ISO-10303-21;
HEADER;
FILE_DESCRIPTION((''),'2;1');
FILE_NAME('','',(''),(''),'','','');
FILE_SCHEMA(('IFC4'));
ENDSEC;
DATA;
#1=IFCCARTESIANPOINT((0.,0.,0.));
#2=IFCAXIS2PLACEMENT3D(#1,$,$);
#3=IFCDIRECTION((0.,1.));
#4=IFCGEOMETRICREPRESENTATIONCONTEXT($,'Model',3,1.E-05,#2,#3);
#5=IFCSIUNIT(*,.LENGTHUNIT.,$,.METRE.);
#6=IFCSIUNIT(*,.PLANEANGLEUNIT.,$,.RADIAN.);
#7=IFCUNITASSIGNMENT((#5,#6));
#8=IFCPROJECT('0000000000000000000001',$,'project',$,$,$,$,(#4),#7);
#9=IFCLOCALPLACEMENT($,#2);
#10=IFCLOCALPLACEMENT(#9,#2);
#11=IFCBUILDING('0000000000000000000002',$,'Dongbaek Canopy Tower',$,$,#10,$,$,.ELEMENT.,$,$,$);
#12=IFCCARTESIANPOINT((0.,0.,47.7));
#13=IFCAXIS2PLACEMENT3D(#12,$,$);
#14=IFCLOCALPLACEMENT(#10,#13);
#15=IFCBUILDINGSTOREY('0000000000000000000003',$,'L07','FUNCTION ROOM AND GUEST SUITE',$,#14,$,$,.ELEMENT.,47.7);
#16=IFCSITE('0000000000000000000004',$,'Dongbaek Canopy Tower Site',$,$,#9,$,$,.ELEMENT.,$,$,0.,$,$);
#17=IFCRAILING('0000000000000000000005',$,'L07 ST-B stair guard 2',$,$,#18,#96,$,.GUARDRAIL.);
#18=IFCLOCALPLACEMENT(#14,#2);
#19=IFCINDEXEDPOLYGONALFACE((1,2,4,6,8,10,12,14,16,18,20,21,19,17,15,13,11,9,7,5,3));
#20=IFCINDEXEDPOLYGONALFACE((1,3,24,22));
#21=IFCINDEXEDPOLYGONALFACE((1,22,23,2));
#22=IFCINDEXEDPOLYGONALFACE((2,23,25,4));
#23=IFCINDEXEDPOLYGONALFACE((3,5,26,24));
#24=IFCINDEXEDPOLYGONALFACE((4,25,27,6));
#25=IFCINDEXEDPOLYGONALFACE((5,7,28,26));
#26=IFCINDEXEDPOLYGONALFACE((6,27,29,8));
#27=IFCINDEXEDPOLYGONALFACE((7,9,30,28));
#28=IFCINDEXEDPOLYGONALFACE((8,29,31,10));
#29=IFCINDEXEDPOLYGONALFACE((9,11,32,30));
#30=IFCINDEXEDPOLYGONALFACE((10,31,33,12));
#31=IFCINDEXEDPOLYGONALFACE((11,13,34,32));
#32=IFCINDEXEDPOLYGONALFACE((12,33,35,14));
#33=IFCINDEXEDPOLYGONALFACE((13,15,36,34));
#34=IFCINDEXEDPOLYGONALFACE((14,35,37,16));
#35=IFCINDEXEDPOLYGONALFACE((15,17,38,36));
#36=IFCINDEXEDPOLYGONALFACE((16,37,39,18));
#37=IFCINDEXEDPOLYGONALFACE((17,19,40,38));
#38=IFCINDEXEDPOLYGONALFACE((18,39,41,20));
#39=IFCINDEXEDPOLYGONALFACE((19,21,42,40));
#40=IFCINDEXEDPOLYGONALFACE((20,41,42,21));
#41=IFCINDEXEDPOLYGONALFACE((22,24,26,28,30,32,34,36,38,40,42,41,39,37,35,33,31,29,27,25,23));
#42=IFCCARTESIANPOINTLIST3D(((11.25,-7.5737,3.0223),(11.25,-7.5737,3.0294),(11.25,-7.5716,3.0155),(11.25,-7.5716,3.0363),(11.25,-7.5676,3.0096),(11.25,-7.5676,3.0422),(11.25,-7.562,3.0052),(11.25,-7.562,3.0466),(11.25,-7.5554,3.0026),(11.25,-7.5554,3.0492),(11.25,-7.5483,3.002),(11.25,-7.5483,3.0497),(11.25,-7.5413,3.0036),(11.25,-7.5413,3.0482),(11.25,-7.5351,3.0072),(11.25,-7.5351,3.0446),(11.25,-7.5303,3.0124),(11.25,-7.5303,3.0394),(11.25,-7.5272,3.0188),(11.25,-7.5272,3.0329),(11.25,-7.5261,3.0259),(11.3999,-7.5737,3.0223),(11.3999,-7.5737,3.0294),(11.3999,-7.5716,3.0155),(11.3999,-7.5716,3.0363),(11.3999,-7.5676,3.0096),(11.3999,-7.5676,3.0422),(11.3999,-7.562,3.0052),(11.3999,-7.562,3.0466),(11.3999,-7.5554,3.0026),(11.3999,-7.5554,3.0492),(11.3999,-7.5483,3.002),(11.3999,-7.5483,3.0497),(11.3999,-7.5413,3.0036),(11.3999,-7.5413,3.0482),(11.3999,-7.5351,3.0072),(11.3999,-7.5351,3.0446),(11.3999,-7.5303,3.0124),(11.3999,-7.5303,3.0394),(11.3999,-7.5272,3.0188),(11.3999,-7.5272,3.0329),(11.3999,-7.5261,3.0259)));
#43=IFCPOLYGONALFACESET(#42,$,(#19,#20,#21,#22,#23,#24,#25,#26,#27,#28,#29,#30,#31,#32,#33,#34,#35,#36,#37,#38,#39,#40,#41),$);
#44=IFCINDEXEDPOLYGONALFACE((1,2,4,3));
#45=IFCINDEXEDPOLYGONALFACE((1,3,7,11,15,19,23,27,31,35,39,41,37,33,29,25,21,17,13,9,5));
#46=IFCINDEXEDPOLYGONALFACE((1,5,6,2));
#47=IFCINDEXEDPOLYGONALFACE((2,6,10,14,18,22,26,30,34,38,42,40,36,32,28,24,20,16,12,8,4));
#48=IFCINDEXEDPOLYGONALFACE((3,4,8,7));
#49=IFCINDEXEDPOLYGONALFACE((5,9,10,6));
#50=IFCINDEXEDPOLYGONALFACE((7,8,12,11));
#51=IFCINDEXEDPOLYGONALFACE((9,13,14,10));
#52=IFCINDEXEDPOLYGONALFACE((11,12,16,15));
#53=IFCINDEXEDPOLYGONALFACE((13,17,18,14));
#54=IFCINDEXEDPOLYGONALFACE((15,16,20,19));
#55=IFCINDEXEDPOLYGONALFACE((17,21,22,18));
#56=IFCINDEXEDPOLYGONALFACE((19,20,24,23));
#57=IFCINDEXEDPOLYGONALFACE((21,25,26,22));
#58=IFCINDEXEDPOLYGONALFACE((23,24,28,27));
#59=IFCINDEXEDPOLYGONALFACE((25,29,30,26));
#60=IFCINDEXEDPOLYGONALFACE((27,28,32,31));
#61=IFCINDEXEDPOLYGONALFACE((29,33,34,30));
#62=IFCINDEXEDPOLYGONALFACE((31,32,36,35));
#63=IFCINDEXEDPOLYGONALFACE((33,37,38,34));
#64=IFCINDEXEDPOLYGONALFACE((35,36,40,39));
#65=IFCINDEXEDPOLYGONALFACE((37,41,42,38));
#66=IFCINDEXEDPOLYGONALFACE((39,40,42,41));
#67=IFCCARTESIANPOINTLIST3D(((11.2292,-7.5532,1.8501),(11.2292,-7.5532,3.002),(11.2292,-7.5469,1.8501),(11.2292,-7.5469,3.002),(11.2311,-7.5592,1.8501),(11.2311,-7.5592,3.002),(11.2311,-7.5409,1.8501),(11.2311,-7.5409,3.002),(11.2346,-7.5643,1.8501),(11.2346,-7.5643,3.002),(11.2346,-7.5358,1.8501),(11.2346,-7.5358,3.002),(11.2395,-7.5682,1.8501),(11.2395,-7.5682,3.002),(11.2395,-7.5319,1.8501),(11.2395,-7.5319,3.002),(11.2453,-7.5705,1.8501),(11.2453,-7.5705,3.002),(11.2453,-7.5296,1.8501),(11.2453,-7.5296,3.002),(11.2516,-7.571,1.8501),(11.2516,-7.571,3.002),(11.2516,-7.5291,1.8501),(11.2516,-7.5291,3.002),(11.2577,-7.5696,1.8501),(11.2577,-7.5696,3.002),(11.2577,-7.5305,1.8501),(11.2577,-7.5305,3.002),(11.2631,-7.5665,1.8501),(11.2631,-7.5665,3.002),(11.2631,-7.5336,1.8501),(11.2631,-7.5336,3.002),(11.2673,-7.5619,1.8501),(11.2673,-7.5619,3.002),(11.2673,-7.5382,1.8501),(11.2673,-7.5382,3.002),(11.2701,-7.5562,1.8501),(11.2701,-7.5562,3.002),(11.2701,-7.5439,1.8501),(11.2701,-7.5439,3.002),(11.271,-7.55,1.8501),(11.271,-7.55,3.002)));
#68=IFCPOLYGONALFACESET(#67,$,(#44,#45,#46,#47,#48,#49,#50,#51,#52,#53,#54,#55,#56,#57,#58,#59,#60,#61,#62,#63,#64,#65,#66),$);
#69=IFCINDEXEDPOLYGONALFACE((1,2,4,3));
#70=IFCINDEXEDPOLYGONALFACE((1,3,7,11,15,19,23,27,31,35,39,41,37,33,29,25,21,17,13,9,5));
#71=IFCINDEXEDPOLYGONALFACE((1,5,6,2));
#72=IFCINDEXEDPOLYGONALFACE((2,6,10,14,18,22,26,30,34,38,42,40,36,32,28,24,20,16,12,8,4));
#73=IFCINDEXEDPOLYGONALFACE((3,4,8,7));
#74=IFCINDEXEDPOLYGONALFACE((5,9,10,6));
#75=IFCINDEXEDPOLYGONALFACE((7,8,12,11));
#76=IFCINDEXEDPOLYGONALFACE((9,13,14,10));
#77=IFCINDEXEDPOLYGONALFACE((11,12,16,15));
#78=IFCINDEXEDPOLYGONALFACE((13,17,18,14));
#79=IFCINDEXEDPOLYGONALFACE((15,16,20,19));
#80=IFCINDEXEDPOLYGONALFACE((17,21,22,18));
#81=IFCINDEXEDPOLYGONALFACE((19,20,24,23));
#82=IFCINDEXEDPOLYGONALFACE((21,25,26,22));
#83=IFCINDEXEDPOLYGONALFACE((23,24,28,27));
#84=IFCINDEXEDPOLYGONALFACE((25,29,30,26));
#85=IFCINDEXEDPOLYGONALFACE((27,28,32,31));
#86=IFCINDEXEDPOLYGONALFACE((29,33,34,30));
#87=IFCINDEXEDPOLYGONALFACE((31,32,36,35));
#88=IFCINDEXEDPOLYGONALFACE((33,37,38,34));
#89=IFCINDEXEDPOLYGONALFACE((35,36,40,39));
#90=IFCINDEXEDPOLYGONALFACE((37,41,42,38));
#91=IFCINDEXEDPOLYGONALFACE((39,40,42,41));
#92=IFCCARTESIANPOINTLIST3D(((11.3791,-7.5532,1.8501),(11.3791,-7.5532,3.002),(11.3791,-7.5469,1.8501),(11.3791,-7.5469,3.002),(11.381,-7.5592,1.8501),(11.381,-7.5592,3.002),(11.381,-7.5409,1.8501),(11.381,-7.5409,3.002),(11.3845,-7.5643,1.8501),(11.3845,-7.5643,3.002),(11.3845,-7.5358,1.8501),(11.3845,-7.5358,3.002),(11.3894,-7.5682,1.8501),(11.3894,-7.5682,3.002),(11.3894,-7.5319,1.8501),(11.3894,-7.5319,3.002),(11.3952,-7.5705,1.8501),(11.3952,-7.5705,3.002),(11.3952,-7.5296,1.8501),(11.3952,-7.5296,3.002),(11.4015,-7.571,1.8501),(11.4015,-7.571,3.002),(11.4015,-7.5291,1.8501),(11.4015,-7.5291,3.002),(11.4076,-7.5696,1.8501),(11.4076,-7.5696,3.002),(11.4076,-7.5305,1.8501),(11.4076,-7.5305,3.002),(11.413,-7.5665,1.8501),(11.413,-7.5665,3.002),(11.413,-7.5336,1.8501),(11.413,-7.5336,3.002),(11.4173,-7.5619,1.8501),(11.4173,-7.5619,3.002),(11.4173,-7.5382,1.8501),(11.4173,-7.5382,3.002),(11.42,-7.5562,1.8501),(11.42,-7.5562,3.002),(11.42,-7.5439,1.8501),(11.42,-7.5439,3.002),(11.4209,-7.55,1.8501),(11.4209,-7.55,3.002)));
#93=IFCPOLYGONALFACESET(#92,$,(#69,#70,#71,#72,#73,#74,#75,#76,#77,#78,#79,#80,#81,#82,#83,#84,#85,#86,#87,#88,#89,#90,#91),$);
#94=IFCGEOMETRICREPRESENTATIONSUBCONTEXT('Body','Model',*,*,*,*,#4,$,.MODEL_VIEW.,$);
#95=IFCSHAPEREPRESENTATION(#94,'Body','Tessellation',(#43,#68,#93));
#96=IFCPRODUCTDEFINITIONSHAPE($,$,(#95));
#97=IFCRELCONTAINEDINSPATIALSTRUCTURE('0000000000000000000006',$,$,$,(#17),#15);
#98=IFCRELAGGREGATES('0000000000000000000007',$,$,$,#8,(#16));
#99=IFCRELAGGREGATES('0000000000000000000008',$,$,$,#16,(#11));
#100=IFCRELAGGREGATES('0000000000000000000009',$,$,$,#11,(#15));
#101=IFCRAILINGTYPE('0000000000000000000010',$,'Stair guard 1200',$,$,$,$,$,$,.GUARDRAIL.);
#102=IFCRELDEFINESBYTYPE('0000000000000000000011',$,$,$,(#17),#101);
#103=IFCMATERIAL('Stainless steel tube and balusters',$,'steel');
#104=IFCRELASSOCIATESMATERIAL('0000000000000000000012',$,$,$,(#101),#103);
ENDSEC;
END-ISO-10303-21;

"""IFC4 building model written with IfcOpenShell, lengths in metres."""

from ifc_helpers import new_model, si_unit, direction, frame, origin, origin_2d, place, context, subcontext, project, spatial, circle, extrude, material, type_object, element, save


model = new_model("IFC4")

# Units and contexts
model_context = context("Model", 3, precision=1e-05, world=origin(), true_north=direction((0.0, 1.0)))
body_context = subcontext(model_context, "Body", "Model", "MODEL_VIEW")
ifc_project = project(units=[si_unit("LENGTHUNIT", "METRE"), si_unit("PLANEANGLEUNIT", "RADIAN")], contexts=[model_context])

# Site, building, storey
site_placement = place(None, origin())
site = spatial("IfcSite", under=ifc_project, at=site_placement, Name="Dongbaek Canopy Tower Site", CompositionType="ELEMENT", RefElevation=0.0)
building_placement = place(site_placement, origin())
building = spatial("IfcBuilding", under=site, at=building_placement, Name="Dongbaek Canopy Tower", CompositionType="ELEMENT")
storey_placement = place(building_placement, frame((0.0, 0.0, 47.7)))
storey = spatial("IfcBuildingStorey", under=building, at=storey_placement, Name="L07", Description="FUNCTION ROOM AND GUEST SUITE", CompositionType="ELEMENT", Elevation=47.7)

# Railing
ifc_material_1 = material(Name="Stainless steel tube and balusters", Category="steel")
railing_type_1 = type_object("IfcRailingType", Name="Stair guard 1200", PredefinedType="GUARDRAIL", material=ifc_material_1)
railing_1_placement = place(storey_placement, frame((11.25, -7.55, 1.8501)))
element("IfcRailing", 1, at=railing_1_placement, inside=storey, type_object=railing_type_1, Name="L07 ST-B stair guard 2", PredefinedType="GUARDRAIL", context=body_context, shape_type="SweptSolid", body=[
    extrude(circle(Radius=0.0239, at=origin_2d()), frame((0.0, 0.0, 1.1758), z_axis=(1.0, 0.0, 0.0), x_axis=(0.0, 1.0, 0.0)), (0.0, 0.0, 1.0), 0.1499),
    extrude(circle(Radius=0.021, at=origin_2d()), origin(), (0.0, 0.0, 1.0), 1.1519),
    extrude(circle(Radius=0.021, at=origin_2d()), frame((0.1499, 0.0, 0.0)), (0.0, 0.0, 1.0), 1.1519),
])

save(model, "model.ifc")
